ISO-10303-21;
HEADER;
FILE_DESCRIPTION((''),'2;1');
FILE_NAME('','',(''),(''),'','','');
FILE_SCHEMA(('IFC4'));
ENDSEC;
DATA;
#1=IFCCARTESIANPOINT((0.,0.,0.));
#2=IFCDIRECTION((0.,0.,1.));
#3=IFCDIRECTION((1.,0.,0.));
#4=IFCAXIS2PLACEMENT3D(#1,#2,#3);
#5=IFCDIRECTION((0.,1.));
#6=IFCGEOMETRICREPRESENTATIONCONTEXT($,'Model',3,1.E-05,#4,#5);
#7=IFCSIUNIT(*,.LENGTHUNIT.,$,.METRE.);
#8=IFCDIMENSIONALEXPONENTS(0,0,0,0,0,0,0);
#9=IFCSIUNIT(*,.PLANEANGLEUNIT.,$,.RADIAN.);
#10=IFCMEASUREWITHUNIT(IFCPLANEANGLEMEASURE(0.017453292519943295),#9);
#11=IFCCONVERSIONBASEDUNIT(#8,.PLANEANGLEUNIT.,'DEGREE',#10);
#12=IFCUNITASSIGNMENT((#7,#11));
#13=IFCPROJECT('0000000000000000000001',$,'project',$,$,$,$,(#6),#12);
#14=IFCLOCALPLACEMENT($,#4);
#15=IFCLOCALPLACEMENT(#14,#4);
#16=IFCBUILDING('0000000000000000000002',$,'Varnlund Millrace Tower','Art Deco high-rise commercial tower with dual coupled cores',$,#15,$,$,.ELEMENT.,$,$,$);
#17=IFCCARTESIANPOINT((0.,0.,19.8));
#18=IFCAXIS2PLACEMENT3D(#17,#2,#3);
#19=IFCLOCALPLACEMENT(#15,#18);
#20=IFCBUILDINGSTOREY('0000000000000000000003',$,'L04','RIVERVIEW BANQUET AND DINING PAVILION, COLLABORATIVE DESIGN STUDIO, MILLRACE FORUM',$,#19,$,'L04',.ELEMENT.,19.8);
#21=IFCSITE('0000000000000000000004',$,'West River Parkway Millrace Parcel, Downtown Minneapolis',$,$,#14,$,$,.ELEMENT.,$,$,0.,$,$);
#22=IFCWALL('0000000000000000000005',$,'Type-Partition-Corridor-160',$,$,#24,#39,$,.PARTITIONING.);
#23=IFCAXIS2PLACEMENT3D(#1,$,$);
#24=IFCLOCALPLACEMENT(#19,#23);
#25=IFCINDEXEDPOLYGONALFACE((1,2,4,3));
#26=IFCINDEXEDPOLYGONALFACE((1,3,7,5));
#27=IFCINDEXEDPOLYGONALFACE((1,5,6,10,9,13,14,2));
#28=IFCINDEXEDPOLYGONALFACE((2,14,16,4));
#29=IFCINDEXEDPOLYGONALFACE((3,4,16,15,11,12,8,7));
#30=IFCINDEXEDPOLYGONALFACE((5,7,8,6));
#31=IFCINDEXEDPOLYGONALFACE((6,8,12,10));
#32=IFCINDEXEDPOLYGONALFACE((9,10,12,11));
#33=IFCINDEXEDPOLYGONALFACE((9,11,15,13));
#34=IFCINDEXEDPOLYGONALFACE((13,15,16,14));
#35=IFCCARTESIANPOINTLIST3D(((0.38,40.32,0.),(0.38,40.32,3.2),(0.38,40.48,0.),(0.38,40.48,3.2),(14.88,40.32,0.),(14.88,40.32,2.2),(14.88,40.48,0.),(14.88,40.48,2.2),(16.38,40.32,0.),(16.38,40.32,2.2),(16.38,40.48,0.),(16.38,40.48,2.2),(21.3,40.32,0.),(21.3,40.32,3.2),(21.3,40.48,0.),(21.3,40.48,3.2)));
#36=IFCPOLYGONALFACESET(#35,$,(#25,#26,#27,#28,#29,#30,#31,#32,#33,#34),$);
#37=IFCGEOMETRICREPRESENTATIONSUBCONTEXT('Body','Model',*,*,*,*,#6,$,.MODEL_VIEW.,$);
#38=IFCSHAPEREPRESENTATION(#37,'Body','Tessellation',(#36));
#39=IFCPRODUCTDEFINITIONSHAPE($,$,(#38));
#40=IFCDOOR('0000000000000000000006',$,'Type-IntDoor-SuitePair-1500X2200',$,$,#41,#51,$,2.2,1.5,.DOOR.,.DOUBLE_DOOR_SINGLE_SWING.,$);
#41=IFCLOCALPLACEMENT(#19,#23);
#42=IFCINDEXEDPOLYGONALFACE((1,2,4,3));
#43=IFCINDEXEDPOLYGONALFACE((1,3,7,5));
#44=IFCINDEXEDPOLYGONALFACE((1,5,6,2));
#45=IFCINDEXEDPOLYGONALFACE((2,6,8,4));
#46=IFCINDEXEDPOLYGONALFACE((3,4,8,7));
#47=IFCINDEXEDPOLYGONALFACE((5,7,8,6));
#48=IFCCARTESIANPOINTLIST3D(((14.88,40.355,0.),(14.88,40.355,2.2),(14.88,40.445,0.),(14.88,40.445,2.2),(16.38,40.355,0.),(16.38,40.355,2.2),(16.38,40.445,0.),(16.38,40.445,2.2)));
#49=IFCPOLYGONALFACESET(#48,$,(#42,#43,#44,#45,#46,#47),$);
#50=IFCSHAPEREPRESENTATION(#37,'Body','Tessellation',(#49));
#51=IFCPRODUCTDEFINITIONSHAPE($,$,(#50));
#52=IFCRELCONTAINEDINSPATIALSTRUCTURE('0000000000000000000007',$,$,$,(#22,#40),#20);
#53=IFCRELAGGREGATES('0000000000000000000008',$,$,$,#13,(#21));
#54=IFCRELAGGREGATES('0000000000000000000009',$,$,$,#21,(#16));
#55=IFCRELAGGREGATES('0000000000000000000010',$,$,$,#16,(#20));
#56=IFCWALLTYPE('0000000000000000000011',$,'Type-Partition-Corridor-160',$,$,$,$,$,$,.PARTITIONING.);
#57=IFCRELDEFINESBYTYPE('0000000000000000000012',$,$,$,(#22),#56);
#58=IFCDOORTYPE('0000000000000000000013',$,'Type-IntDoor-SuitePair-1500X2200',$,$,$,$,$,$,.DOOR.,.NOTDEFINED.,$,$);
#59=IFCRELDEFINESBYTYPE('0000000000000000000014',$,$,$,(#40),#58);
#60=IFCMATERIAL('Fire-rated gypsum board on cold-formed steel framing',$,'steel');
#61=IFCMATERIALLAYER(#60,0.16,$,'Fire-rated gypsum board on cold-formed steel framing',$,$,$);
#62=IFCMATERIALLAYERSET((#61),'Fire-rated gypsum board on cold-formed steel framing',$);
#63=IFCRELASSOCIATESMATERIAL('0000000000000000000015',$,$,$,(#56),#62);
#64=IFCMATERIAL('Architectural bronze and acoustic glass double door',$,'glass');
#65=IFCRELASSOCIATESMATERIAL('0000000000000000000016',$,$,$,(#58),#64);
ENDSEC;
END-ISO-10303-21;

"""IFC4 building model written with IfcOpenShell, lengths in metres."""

from ifc_helpers import new_model, entity, si_unit, converted_unit, direction, frame, origin_with_axes, origin_2d_with_axis, place, context, subcontext, project, spatial, polyline, rectangle, outline, extrude, material, layer, layer_set, type_object, element, fill, save


model = new_model("IFC4")

# Units and contexts
model_context = context("Model", 3, precision=1e-05, world=origin_with_axes(), true_north=direction((0.0, 1.0)))
body_context = subcontext(model_context, "Body", "Model", "MODEL_VIEW")
ifc_project = project(units=[si_unit("LENGTHUNIT", "METRE"), converted_unit("PLANEANGLEUNIT", "DEGREE", entity("IfcPlaneAngleMeasure", 0.017453292519943295), si_unit("PLANEANGLEUNIT", "RADIAN"), dimensions=[0, 0, 0, 0, 0, 0, 0])], contexts=[model_context])

# Site, building, storey
site_placement = place(None, origin_with_axes())
site = spatial("IfcSite", under=ifc_project, at=site_placement, Name="West River Parkway Millrace Parcel, Downtown Minneapolis", CompositionType="ELEMENT", RefElevation=0.0)
building_placement = place(site_placement, origin_with_axes())
building = spatial("IfcBuilding", under=site, at=building_placement, Name="Varnlund Millrace Tower", Description="Art Deco high-rise commercial tower with dual coupled cores", CompositionType="ELEMENT")
storey_placement = place(building_placement, frame((0.0, 0.0, 19.8), z_axis=(0.0, 0.0, 1.0), x_axis=(1.0, 0.0, 0.0)))
storey = spatial("IfcBuildingStorey", under=building, at=storey_placement, Name="L04", Description="RIVERVIEW BANQUET AND DINING PAVILION, COLLABORATIVE DESIGN STUDIO, MILLRACE FORUM", LongName="L04", CompositionType="ELEMENT", Elevation=19.8)

# Wall, opening, door
ifc_material_1 = material(Name="Fire-rated gypsum board on cold-formed steel framing", Category="steel")
ifc_layer_1 = layer(ifc_material_1, 0.16, Name="Fire-rated gypsum board on cold-formed steel framing")
ifc_layer_set_1 = layer_set([ifc_layer_1], Name="Fire-rated gypsum board on cold-formed steel framing")
wall_type_1 = type_object("IfcWallType", Name="Type-Partition-Corridor-160", PredefinedType="PARTITIONING", material=ifc_layer_set_1)
wall_1_placement = place(storey_placement, frame((0.38, 40.4, 0.0), z_axis=(0.0, 0.0, 1.0), x_axis=(1.0, 0.0, 0.0)))
wall_1 = element("IfcWall", 1, at=wall_1_placement, inside=storey, type_object=wall_type_1, Name="Type-Partition-Corridor-160", PredefinedType="PARTITIONING", context=body_context, shape_type="SweptSolid", body=[
    extrude(outline(polyline([(0.0, -0.08), (20.92, -0.08), (20.92, 0.08), (0.0, 0.08), (0.0, -0.08)])), origin_with_axes(), (0.0, 0.0, 1.0), 3.2),
])
opening_1_placement = place(wall_1_placement, frame((15.25, 0.0, 0.0), z_axis=(0.0, 0.0, 1.0), x_axis=(1.0, 0.0, 0.0)))
opening_1 = element("IfcOpeningElement", 2, at=opening_1_placement, cuts=wall_1, PredefinedType="OPENING", context=body_context, shape_type="SweptSolid", body=[
    extrude(rectangle(XDim=1.5, YDim=0.18, at=origin_2d_with_axis()), origin_with_axes(), (0.0, 0.0, 1.0), 2.2),
])
ifc_material_2 = material(Name="Architectural bronze and acoustic glass double door", Category="glass")
door_type_1 = type_object("IfcDoorType", Name="Type-IntDoor-SuitePair-1500X2200", OperationType="NOTDEFINED", PredefinedType="DOOR", material=ifc_material_2)
door_1_placement = place(wall_1_placement, frame((15.25, 0.0, 0.0), z_axis=(0.0, 0.0, 1.0), x_axis=(1.0, 0.0, 0.0)))
door_1 = element("IfcDoor", 3, at=door_1_placement, inside=storey, type_object=door_type_1, Name="Type-IntDoor-SuitePair-1500X2200", OperationType="DOUBLE_DOOR_SINGLE_SWING", OverallHeight=2.2, OverallWidth=1.5, PredefinedType="DOOR", context=body_context, shape_type="SweptSolid", body=[
    extrude(rectangle(XDim=1.5, YDim=0.09, at=origin_2d_with_axis()), origin_with_axes(), (0.0, 0.0, 1.0), 2.2),
])
fill(opening_1, door_1)

save(model, "model.ifc")
